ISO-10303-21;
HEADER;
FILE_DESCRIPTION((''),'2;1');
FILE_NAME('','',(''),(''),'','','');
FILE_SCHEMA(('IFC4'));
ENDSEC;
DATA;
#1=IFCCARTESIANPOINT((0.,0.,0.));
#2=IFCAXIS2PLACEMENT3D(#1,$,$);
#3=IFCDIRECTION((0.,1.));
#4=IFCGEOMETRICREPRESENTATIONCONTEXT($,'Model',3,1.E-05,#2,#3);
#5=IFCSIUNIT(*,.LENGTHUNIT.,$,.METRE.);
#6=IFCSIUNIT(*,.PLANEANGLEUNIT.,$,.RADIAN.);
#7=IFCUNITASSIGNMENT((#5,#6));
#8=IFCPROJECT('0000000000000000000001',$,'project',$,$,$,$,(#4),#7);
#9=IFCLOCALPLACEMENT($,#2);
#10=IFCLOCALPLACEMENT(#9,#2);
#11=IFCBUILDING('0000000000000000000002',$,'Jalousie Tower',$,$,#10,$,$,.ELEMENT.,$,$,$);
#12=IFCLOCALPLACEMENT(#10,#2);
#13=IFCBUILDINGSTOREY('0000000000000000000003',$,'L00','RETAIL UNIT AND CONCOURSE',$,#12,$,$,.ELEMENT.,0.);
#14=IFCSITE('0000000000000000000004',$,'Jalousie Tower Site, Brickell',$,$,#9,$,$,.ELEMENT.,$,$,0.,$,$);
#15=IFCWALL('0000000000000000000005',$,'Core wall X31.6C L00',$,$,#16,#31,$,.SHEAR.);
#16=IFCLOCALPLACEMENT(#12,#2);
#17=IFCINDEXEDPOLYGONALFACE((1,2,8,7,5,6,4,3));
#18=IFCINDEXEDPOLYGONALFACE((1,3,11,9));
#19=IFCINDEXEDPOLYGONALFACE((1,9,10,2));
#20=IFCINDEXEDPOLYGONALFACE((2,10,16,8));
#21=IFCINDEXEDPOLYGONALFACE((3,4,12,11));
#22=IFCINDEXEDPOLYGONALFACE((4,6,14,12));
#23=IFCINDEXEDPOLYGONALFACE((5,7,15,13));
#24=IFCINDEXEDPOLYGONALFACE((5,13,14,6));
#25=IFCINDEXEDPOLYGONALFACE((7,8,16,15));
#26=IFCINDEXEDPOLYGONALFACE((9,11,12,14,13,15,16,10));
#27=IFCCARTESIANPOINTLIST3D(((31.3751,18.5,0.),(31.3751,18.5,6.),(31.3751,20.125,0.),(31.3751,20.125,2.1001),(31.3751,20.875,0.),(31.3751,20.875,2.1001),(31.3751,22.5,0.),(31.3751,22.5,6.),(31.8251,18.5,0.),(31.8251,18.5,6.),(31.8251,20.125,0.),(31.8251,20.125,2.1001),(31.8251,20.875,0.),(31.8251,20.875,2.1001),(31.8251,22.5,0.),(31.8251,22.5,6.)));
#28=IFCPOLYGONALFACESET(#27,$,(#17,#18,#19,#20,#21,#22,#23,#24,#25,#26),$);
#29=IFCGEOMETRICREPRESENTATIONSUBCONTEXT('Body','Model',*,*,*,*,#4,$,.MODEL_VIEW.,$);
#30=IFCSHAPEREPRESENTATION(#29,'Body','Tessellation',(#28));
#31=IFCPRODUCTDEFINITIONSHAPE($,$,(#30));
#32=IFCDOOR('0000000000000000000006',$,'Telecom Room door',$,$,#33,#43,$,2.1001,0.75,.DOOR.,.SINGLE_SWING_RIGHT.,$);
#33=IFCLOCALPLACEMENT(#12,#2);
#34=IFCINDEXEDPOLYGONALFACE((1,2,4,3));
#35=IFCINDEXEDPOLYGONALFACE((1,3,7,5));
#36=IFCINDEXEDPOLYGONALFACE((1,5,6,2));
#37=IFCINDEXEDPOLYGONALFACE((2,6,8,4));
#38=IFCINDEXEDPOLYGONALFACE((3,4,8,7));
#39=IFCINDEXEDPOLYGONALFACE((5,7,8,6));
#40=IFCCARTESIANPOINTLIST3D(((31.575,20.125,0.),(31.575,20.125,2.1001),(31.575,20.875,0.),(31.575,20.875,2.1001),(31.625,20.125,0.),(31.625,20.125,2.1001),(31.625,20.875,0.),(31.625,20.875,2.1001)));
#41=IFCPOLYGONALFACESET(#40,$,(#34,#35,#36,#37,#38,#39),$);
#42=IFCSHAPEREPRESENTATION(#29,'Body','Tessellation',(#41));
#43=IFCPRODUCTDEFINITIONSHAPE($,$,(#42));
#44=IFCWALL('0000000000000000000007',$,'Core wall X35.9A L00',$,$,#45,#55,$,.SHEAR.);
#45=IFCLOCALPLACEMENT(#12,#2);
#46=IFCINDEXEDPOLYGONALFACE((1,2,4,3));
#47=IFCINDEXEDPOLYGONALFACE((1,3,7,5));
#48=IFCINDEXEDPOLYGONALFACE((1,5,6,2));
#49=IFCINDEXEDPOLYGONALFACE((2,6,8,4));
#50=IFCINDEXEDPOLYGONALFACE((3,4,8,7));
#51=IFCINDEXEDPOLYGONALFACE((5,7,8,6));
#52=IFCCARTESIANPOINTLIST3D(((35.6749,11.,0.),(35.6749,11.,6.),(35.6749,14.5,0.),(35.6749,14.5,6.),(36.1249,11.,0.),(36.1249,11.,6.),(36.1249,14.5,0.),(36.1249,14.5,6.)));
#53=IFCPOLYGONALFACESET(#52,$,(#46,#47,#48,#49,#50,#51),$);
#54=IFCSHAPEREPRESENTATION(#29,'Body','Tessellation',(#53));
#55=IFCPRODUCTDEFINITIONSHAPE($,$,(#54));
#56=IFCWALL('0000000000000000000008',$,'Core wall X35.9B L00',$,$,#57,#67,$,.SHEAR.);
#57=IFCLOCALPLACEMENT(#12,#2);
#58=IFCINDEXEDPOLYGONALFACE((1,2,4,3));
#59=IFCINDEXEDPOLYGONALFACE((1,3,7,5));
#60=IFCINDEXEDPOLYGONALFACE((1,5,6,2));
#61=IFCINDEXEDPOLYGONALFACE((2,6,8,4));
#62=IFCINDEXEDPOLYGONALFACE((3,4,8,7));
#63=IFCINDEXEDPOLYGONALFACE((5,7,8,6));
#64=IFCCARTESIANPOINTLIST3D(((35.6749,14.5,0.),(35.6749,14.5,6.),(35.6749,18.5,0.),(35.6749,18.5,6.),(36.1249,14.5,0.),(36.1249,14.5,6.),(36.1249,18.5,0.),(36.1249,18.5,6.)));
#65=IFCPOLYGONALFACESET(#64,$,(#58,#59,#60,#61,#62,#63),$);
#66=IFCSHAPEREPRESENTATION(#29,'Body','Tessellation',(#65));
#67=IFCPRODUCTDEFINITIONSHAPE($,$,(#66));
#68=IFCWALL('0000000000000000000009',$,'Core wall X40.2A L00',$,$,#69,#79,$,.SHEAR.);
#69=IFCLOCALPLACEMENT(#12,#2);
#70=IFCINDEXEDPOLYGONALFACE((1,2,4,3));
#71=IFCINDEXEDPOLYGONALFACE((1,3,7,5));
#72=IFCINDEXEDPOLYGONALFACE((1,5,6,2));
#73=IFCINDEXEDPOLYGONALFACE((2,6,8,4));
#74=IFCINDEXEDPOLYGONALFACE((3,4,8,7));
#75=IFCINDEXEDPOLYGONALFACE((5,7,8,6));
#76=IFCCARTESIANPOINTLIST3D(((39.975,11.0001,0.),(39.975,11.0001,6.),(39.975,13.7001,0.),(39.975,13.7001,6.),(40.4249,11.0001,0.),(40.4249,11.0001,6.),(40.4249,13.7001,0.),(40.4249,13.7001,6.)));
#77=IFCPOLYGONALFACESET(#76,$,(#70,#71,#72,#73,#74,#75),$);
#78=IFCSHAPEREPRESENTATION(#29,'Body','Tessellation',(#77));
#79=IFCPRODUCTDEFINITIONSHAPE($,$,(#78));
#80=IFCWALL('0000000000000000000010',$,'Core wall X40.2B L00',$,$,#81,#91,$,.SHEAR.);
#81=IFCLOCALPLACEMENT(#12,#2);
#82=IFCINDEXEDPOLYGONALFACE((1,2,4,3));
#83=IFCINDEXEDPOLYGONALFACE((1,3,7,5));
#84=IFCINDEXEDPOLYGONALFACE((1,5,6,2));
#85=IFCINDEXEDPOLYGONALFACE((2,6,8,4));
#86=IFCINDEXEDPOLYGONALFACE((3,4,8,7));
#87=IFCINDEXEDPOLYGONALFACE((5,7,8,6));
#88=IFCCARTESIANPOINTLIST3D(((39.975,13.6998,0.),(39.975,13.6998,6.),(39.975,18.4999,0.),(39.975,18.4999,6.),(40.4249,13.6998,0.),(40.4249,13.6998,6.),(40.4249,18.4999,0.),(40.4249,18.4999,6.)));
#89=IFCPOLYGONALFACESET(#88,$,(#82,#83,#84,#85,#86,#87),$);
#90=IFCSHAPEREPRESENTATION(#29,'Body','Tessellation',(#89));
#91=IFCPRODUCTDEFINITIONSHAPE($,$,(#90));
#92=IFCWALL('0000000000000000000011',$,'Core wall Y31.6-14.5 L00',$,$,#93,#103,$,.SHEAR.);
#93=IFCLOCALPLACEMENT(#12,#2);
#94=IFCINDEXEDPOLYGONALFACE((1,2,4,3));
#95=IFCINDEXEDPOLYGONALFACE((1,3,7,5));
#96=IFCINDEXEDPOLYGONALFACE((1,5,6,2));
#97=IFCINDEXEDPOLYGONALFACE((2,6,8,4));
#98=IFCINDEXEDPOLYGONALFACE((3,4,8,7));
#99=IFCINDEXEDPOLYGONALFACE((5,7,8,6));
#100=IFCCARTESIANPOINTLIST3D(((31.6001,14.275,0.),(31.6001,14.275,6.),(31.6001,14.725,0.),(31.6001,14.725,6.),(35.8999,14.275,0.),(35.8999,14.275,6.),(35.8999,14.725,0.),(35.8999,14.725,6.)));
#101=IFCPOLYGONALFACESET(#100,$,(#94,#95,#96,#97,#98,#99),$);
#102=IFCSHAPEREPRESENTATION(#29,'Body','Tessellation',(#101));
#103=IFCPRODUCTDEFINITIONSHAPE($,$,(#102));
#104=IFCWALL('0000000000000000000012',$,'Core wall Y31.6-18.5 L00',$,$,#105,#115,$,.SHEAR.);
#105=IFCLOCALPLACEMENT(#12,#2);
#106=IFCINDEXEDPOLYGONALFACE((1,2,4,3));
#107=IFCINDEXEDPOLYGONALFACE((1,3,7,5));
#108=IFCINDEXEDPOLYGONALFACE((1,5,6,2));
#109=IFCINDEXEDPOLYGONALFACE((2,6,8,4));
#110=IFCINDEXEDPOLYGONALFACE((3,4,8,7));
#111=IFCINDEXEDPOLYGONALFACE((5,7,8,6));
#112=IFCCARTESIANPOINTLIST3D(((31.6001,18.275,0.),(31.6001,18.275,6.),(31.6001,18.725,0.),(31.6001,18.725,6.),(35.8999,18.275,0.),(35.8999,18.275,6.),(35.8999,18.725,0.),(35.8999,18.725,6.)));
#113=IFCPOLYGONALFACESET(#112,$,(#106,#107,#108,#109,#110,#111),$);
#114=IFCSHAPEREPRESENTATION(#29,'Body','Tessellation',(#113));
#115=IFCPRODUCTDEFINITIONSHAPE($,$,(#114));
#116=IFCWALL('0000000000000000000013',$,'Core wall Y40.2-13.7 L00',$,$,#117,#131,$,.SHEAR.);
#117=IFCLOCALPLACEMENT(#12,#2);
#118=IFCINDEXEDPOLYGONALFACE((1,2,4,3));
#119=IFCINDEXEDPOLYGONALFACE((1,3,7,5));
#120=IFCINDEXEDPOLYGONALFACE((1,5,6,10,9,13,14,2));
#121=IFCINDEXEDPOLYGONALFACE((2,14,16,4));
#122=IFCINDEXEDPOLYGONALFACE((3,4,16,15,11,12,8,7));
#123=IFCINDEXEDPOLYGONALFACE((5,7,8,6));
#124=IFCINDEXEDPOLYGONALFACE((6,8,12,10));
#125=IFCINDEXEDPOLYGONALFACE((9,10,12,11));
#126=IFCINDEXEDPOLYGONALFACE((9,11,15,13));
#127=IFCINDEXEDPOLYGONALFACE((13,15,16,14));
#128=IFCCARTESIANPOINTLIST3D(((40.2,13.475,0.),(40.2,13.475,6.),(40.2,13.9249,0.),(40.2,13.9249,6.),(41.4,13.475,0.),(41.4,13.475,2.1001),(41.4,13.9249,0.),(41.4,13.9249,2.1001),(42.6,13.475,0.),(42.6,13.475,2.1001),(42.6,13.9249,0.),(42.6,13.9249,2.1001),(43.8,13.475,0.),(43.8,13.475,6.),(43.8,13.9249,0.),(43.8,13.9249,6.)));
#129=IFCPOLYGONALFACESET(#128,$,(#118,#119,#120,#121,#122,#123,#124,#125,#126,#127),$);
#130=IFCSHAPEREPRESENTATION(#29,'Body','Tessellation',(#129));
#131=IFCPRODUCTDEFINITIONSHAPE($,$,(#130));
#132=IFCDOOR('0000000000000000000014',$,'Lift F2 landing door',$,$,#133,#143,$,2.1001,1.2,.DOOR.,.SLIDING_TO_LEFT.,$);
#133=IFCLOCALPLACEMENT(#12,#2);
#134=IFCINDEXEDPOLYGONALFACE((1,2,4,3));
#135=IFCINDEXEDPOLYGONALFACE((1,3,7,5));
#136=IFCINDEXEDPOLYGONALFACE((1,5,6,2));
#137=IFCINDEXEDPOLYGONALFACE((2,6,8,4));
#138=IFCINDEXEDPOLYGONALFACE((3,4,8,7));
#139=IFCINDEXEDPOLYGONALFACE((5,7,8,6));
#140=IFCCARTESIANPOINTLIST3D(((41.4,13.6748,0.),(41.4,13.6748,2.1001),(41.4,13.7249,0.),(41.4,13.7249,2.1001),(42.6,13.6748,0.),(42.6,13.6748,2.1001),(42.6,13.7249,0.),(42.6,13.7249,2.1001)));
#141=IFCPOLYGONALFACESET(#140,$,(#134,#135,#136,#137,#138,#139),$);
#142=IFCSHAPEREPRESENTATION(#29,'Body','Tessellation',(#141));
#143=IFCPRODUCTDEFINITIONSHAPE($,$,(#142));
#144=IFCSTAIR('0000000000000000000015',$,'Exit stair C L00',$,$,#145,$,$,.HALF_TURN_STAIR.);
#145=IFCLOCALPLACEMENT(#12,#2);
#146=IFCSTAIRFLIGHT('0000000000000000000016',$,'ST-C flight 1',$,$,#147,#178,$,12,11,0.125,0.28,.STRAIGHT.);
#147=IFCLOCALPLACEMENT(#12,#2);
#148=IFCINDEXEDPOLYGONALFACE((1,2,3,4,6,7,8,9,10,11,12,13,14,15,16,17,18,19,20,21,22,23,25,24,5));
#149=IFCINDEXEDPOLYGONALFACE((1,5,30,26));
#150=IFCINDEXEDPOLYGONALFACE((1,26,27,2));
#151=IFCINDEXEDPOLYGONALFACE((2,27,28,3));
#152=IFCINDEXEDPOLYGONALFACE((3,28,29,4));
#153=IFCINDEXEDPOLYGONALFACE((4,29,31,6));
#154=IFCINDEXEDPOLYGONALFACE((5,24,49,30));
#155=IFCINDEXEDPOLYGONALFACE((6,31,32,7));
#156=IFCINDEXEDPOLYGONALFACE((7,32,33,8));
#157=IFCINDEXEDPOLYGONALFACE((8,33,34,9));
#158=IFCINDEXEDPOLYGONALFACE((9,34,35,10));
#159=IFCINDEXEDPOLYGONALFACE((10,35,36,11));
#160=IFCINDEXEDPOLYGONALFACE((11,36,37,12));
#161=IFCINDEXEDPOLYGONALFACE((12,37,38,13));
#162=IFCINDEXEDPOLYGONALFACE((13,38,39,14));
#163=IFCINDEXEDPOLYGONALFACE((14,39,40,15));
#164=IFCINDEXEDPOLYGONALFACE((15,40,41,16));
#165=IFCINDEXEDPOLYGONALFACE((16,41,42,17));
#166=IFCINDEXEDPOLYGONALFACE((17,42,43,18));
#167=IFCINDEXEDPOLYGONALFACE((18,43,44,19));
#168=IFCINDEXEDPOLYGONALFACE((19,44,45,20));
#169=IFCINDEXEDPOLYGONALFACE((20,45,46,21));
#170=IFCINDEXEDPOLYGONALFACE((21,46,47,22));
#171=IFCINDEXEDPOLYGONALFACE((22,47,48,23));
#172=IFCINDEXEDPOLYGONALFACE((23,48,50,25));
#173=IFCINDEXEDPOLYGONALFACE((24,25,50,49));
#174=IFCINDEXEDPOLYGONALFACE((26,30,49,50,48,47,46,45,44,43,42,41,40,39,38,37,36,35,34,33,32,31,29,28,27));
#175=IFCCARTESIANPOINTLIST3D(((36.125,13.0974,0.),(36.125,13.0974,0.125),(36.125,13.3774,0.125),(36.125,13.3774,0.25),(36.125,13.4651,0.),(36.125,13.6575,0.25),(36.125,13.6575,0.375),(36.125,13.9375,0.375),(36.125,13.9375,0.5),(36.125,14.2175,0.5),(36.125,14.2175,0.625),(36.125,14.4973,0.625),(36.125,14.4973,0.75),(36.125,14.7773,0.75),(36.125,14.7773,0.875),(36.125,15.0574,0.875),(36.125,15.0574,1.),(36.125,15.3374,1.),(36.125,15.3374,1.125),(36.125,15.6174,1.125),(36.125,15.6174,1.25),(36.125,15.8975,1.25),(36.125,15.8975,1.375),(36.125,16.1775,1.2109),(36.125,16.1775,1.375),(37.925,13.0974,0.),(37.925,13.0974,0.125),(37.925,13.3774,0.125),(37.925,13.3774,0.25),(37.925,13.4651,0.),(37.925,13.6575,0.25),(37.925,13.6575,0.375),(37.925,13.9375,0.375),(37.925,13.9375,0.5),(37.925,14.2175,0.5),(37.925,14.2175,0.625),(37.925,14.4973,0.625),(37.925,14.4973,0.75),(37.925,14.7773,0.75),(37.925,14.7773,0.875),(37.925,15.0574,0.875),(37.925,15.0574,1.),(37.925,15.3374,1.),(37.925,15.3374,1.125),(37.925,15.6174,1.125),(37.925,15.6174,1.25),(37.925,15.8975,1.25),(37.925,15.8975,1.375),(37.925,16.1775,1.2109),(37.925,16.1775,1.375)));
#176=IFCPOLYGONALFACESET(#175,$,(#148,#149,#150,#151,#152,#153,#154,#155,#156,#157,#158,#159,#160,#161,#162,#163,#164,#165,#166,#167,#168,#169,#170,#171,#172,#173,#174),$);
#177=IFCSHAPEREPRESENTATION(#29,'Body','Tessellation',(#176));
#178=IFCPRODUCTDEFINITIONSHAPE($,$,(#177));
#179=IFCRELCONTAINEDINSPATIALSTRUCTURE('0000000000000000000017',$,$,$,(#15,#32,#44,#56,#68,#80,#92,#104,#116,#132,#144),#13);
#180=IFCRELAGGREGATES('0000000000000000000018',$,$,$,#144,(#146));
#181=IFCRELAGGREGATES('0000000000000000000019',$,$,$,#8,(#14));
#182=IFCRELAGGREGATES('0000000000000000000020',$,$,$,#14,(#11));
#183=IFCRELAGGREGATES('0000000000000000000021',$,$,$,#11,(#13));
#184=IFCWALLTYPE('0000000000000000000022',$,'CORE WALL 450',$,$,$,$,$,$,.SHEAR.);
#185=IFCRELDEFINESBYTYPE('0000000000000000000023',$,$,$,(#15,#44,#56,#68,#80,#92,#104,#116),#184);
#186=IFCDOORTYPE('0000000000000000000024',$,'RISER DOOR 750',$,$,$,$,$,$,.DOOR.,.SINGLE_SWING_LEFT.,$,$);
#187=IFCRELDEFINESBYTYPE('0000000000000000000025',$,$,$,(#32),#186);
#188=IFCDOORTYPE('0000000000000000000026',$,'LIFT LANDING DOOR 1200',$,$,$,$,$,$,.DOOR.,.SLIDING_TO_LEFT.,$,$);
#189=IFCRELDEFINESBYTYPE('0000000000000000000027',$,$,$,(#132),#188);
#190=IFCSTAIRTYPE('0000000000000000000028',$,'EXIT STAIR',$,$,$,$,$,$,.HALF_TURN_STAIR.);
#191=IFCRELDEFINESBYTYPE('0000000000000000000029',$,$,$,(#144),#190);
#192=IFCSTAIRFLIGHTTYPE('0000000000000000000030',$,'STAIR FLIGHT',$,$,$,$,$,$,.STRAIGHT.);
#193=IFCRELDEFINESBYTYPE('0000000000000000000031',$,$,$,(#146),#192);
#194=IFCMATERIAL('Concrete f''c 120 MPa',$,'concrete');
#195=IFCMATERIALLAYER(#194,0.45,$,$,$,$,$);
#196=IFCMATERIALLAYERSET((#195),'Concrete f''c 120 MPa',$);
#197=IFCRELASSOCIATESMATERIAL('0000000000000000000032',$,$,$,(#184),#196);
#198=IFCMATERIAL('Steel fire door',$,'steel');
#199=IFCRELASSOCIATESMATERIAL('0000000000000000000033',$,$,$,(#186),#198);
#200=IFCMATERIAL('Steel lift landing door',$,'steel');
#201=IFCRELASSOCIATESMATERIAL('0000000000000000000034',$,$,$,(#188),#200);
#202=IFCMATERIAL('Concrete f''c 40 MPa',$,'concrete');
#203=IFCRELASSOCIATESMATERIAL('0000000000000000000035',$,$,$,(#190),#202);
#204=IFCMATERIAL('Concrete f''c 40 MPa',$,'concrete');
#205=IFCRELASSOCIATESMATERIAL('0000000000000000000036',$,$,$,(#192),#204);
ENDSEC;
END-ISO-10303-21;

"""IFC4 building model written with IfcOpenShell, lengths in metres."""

from ifc_helpers import new_model, si_unit, direction, frame, frame_2d, origin, place, context, subcontext, project, spatial, polyline, rectangle, outline, extrude, material, layer, layer_set, type_object, element, fill, aggregate, save


model = new_model("IFC4")

# Units and contexts
model_context = context("Model", 3, precision=1e-05, world=origin(), true_north=direction((0.0, 1.0)))
body_context = subcontext(model_context, "Body", "Model", "MODEL_VIEW")
ifc_project = project(units=[si_unit("LENGTHUNIT", "METRE"), si_unit("PLANEANGLEUNIT", "RADIAN")], contexts=[model_context])

# Site, building, storey
site_placement = place(None, origin())
site = spatial("IfcSite", under=ifc_project, at=site_placement, Name="Jalousie Tower Site, Brickell", CompositionType="ELEMENT", RefElevation=0.0)
building_placement = place(site_placement, origin())
building = spatial("IfcBuilding", under=site, at=building_placement, Name="Jalousie Tower", CompositionType="ELEMENT")
storey_placement = place(building_placement, origin())
storey = spatial("IfcBuildingStorey", under=building, at=storey_placement, Name="L00", Description="RETAIL UNIT AND CONCOURSE", CompositionType="ELEMENT", Elevation=0.0)

# Wall, opening, door
ifc_material_1 = material(Name="Concrete f'c 120 MPa", Category="concrete")
ifc_layer = layer(ifc_material_1, 0.45)
ifc_layer_set = layer_set([ifc_layer], Name="Concrete f'c 120 MPa")
wall_type = type_object("IfcWallType", Name="CORE WALL 450", PredefinedType="SHEAR", material=ifc_layer_set)
ifc_material_2 = material(Name="Steel fire door", Category="steel")
door_type_1 = type_object("IfcDoorType", Name="RISER DOOR 750", OperationType="SINGLE_SWING_LEFT", PredefinedType="DOOR", material=ifc_material_2)
wall_1_placement = place(storey_placement, frame((31.6001, 18.5, 0.0), z_axis=(0.0, 0.0, 1.0), x_axis=(0.0, 1.0, 0.0)))
wall_1 = element("IfcWall", 1, at=wall_1_placement, inside=storey, type_object=wall_type, Name="Core wall X31.6C L00", PredefinedType="SHEAR", context=body_context, shape_type="SweptSolid", body=[
    extrude(rectangle(XDim=4.0, YDim=0.45, at=frame_2d((2.0, 0.0))), origin(), (0.0, 0.0, 1.0), 6.0),
])
opening_1_placement = place(wall_1_placement, frame((1.625, 0.0, 0.0)))
opening_1 = element("IfcOpeningElement", 2, at=opening_1_placement, cuts=wall_1, PredefinedType="OPENING", context=body_context, shape_type="SweptSolid", body=[
    extrude(rectangle(XDim=0.75, YDim=2.1001, at=frame_2d((0.375, 1.05))), frame((0.0, 0.2349, 0.0), z_axis=(0.0, -1.0, 0.0), x_axis=(1.0, 0.0, 0.0)), (0.0, 0.0, 1.0), 0.47),
])
door_1_placement = place(opening_1_placement, frame((0.75, 0.0, 0.0), z_axis=(0.0, 0.0, 1.0), x_axis=(-1.0, 0.0, 0.0)))
door_1 = element("IfcDoor", 3, at=door_1_placement, inside=storey, type_object=door_type_1, Name="Telecom Room door", OperationType="SINGLE_SWING_RIGHT", OverallHeight=2.1001, OverallWidth=0.75, PredefinedType="DOOR", context=body_context, shape_type="SweptSolid", body=[
    extrude(rectangle(XDim=0.75, YDim=2.1001, at=frame_2d((0.375, 1.05))), frame((0.0, 0.0249, 0.0), z_axis=(0.0, -1.0, 0.0), x_axis=(1.0, 0.0, 0.0)), (0.0, 0.0, 1.0), 0.05),
])
fill(opening_1, door_1)

# Walls
wall_2_placement = place(storey_placement, frame((35.8999, 11.0, 0.0), z_axis=(0.0, 0.0, 1.0), x_axis=(0.0, 1.0, 0.0)))
element("IfcWall", 4, at=wall_2_placement, inside=storey, type_object=wall_type, Name="Core wall X35.9A L00", PredefinedType="SHEAR", context=body_context, shape_type="SweptSolid", body=[
    extrude(rectangle(XDim=3.5, YDim=0.45, at=frame_2d((1.75, 0.0))), origin(), (0.0, 0.0, 1.0), 6.0),
])
wall_3_placement = place(storey_placement, frame((35.8999, 14.5, 0.0), z_axis=(0.0, 0.0, 1.0), x_axis=(0.0, 1.0, 0.0)))
element("IfcWall", 5, at=wall_3_placement, inside=storey, type_object=wall_type, Name="Core wall X35.9B L00", PredefinedType="SHEAR", context=body_context, shape_type="SweptSolid", body=[
    extrude(rectangle(XDim=4.0, YDim=0.45, at=frame_2d((2.0, 0.0))), origin(), (0.0, 0.0, 1.0), 6.0),
])
wall_4_placement = place(storey_placement, frame((40.2, 11.0, 0.0), z_axis=(0.0, 0.0, 1.0), x_axis=(0.0, 1.0, 0.0)))
element("IfcWall", 6, at=wall_4_placement, inside=storey, type_object=wall_type, Name="Core wall X40.2A L00", PredefinedType="SHEAR", context=body_context, shape_type="SweptSolid", body=[
    extrude(rectangle(XDim=2.7, YDim=0.45, at=frame_2d((1.3501, 0.0))), origin(), (0.0, 0.0, 1.0), 6.0),
])
wall_5_placement = place(storey_placement, frame((40.2, 13.7, 0.0), z_axis=(0.0, 0.0, 1.0), x_axis=(0.0, 1.0, 0.0)))
element("IfcWall", 7, at=wall_5_placement, inside=storey, type_object=wall_type, Name="Core wall X40.2B L00", PredefinedType="SHEAR", context=body_context, shape_type="SweptSolid", body=[
    extrude(rectangle(XDim=4.8, YDim=0.45, at=frame_2d((2.3999, 0.0))), origin(), (0.0, 0.0, 1.0), 6.0),
])
for number, where, z_axis, x_axis, name in (
    (8, (31.6001, 14.5, 0.0), (0.0, 0.0, 1.0), (1.0, 0.0, 0.0), "Core wall Y31.6-14.5 L00"),
    (9, (31.6001, 18.5, 0.0), (0.0, 0.0, 1.0), (1.0, 0.0, 0.0), "Core wall Y31.6-18.5 L00"),
):
    element("IfcWall", number, at=place(storey_placement, frame(where, z_axis=z_axis, x_axis=x_axis)), inside=storey, type_object=wall_type, Name=name, PredefinedType="SHEAR", context=body_context, shape_type="SweptSolid", body=[
        extrude(rectangle(XDim=4.2998, YDim=0.45, at=frame_2d((2.1499, 0.0))), origin(), (0.0, 0.0, 1.0), 6.0),
    ])

# Wall, opening, door
wall_6_placement = place(storey_placement, frame((40.2, 13.7, 0.0), z_axis=(0.0, 0.0, 1.0), x_axis=(1.0, 0.0, 0.0)))
wall_6 = element("IfcWall", 10, at=wall_6_placement, inside=storey, type_object=wall_type, Name="Core wall Y40.2-13.7 L00", PredefinedType="SHEAR", context=body_context, shape_type="SweptSolid", body=[
    extrude(rectangle(XDim=3.6001, YDim=0.45, at=frame_2d((1.8, 0.0))), origin(), (0.0, 0.0, 1.0), 6.0),
])
opening_2_placement = place(wall_6_placement, frame((1.2, 0.0, 0.0)))
opening_2 = element("IfcOpeningElement", 11, at=opening_2_placement, cuts=wall_6, PredefinedType="OPENING", context=body_context, shape_type="SweptSolid", body=[
    extrude(rectangle(XDim=1.2, YDim=2.1001, at=frame_2d((0.6001, 1.05))), frame((0.0, 0.2349, 0.0), z_axis=(0.0, -1.0, 0.0), x_axis=(1.0, 0.0, 0.0)), (0.0, 0.0, 1.0), 0.47),
])
ifc_material_3 = material(Name="Steel lift landing door", Category="steel")
door_type_2 = type_object("IfcDoorType", Name="LIFT LANDING DOOR 1200", OperationType="SLIDING_TO_LEFT", PredefinedType="DOOR", material=ifc_material_3)
door_2_placement = place(opening_2_placement, origin())
door_2 = element("IfcDoor", 12, at=door_2_placement, inside=storey, type_object=door_type_2, Name="Lift F2 landing door", OperationType="SLIDING_TO_LEFT", OverallHeight=2.1001, OverallWidth=1.2, PredefinedType="DOOR", context=body_context, shape_type="SweptSolid", body=[
    extrude(rectangle(XDim=1.2, YDim=2.1001, at=frame_2d((0.6001, 1.05))), frame((0.0, 0.0249, 0.0), z_axis=(0.0, -1.0, 0.0), x_axis=(1.0, 0.0, 0.0)), (0.0, 0.0, 1.0), 0.05),
])
fill(opening_2, door_2)

# Stair, stair flight
ifc_material_4 = material(Name="Concrete f'c 40 MPa", Category="concrete")
stair_type = type_object("IfcStairType", Name="EXIT STAIR", PredefinedType="HALF_TURN_STAIR", material=ifc_material_4)
stair_placement = place(storey_placement, origin())
stair = element("IfcStair", 13, at=stair_placement, inside=storey, type_object=stair_type, Name="Exit stair C L00", PredefinedType="HALF_TURN_STAIR")
ifc_material_5 = material(Name="Concrete f'c 40 MPa", Category="concrete")
stair_flight_type = type_object("IfcStairFlightType", Name="STAIR FLIGHT", PredefinedType="STRAIGHT", material=ifc_material_5)
stair_flight_1_placement = place(storey_placement, frame((37.0249, 13.0974, 0.0), z_axis=(0.0, 0.0, 1.0), x_axis=(0.0, 1.0, 0.0)))
stair_flight_1 = element("IfcStairFlight", 14, at=stair_flight_1_placement, type_object=stair_flight_type, Name="ST-C flight 1", NumberOfRisers=12, NumberOfTreads=11, PredefinedType="STRAIGHT", RiserHeight=0.125, TreadLength=0.28, context=body_context, shape_type="SweptSolid", body=[
    extrude(outline(polyline([(0.0, 0.0), (0.0, 0.125), (0.28, 0.125), (0.28, 0.25), (0.5601, 0.25), (0.5601, 0.375), (0.8401, 0.375), (0.8401, 0.5), (1.1201, 0.5), (1.1201, 0.625), (1.3999, 0.625), (1.3999, 0.75), (1.6799, 0.75), (1.6799, 0.875), (1.96, 0.875), (1.96, 1.0), (2.24, 1.0), (2.24, 1.125), (2.52, 1.125), (2.52, 1.25), (2.8, 1.25), (2.8, 1.375), (3.0801, 1.375), (3.0801, 1.5), (3.0801, 1.2109), (0.3677, 0.0), (0.0, 0.0)])), frame((0.0, 0.8999, 0.0), z_axis=(0.0, -1.0, 0.0), x_axis=(1.0, 0.0, 0.0)), (0.0, 0.0, 1.0), 1.8),
])
aggregate(stair, [stair_flight_1])

save(model, "model.ifc")
